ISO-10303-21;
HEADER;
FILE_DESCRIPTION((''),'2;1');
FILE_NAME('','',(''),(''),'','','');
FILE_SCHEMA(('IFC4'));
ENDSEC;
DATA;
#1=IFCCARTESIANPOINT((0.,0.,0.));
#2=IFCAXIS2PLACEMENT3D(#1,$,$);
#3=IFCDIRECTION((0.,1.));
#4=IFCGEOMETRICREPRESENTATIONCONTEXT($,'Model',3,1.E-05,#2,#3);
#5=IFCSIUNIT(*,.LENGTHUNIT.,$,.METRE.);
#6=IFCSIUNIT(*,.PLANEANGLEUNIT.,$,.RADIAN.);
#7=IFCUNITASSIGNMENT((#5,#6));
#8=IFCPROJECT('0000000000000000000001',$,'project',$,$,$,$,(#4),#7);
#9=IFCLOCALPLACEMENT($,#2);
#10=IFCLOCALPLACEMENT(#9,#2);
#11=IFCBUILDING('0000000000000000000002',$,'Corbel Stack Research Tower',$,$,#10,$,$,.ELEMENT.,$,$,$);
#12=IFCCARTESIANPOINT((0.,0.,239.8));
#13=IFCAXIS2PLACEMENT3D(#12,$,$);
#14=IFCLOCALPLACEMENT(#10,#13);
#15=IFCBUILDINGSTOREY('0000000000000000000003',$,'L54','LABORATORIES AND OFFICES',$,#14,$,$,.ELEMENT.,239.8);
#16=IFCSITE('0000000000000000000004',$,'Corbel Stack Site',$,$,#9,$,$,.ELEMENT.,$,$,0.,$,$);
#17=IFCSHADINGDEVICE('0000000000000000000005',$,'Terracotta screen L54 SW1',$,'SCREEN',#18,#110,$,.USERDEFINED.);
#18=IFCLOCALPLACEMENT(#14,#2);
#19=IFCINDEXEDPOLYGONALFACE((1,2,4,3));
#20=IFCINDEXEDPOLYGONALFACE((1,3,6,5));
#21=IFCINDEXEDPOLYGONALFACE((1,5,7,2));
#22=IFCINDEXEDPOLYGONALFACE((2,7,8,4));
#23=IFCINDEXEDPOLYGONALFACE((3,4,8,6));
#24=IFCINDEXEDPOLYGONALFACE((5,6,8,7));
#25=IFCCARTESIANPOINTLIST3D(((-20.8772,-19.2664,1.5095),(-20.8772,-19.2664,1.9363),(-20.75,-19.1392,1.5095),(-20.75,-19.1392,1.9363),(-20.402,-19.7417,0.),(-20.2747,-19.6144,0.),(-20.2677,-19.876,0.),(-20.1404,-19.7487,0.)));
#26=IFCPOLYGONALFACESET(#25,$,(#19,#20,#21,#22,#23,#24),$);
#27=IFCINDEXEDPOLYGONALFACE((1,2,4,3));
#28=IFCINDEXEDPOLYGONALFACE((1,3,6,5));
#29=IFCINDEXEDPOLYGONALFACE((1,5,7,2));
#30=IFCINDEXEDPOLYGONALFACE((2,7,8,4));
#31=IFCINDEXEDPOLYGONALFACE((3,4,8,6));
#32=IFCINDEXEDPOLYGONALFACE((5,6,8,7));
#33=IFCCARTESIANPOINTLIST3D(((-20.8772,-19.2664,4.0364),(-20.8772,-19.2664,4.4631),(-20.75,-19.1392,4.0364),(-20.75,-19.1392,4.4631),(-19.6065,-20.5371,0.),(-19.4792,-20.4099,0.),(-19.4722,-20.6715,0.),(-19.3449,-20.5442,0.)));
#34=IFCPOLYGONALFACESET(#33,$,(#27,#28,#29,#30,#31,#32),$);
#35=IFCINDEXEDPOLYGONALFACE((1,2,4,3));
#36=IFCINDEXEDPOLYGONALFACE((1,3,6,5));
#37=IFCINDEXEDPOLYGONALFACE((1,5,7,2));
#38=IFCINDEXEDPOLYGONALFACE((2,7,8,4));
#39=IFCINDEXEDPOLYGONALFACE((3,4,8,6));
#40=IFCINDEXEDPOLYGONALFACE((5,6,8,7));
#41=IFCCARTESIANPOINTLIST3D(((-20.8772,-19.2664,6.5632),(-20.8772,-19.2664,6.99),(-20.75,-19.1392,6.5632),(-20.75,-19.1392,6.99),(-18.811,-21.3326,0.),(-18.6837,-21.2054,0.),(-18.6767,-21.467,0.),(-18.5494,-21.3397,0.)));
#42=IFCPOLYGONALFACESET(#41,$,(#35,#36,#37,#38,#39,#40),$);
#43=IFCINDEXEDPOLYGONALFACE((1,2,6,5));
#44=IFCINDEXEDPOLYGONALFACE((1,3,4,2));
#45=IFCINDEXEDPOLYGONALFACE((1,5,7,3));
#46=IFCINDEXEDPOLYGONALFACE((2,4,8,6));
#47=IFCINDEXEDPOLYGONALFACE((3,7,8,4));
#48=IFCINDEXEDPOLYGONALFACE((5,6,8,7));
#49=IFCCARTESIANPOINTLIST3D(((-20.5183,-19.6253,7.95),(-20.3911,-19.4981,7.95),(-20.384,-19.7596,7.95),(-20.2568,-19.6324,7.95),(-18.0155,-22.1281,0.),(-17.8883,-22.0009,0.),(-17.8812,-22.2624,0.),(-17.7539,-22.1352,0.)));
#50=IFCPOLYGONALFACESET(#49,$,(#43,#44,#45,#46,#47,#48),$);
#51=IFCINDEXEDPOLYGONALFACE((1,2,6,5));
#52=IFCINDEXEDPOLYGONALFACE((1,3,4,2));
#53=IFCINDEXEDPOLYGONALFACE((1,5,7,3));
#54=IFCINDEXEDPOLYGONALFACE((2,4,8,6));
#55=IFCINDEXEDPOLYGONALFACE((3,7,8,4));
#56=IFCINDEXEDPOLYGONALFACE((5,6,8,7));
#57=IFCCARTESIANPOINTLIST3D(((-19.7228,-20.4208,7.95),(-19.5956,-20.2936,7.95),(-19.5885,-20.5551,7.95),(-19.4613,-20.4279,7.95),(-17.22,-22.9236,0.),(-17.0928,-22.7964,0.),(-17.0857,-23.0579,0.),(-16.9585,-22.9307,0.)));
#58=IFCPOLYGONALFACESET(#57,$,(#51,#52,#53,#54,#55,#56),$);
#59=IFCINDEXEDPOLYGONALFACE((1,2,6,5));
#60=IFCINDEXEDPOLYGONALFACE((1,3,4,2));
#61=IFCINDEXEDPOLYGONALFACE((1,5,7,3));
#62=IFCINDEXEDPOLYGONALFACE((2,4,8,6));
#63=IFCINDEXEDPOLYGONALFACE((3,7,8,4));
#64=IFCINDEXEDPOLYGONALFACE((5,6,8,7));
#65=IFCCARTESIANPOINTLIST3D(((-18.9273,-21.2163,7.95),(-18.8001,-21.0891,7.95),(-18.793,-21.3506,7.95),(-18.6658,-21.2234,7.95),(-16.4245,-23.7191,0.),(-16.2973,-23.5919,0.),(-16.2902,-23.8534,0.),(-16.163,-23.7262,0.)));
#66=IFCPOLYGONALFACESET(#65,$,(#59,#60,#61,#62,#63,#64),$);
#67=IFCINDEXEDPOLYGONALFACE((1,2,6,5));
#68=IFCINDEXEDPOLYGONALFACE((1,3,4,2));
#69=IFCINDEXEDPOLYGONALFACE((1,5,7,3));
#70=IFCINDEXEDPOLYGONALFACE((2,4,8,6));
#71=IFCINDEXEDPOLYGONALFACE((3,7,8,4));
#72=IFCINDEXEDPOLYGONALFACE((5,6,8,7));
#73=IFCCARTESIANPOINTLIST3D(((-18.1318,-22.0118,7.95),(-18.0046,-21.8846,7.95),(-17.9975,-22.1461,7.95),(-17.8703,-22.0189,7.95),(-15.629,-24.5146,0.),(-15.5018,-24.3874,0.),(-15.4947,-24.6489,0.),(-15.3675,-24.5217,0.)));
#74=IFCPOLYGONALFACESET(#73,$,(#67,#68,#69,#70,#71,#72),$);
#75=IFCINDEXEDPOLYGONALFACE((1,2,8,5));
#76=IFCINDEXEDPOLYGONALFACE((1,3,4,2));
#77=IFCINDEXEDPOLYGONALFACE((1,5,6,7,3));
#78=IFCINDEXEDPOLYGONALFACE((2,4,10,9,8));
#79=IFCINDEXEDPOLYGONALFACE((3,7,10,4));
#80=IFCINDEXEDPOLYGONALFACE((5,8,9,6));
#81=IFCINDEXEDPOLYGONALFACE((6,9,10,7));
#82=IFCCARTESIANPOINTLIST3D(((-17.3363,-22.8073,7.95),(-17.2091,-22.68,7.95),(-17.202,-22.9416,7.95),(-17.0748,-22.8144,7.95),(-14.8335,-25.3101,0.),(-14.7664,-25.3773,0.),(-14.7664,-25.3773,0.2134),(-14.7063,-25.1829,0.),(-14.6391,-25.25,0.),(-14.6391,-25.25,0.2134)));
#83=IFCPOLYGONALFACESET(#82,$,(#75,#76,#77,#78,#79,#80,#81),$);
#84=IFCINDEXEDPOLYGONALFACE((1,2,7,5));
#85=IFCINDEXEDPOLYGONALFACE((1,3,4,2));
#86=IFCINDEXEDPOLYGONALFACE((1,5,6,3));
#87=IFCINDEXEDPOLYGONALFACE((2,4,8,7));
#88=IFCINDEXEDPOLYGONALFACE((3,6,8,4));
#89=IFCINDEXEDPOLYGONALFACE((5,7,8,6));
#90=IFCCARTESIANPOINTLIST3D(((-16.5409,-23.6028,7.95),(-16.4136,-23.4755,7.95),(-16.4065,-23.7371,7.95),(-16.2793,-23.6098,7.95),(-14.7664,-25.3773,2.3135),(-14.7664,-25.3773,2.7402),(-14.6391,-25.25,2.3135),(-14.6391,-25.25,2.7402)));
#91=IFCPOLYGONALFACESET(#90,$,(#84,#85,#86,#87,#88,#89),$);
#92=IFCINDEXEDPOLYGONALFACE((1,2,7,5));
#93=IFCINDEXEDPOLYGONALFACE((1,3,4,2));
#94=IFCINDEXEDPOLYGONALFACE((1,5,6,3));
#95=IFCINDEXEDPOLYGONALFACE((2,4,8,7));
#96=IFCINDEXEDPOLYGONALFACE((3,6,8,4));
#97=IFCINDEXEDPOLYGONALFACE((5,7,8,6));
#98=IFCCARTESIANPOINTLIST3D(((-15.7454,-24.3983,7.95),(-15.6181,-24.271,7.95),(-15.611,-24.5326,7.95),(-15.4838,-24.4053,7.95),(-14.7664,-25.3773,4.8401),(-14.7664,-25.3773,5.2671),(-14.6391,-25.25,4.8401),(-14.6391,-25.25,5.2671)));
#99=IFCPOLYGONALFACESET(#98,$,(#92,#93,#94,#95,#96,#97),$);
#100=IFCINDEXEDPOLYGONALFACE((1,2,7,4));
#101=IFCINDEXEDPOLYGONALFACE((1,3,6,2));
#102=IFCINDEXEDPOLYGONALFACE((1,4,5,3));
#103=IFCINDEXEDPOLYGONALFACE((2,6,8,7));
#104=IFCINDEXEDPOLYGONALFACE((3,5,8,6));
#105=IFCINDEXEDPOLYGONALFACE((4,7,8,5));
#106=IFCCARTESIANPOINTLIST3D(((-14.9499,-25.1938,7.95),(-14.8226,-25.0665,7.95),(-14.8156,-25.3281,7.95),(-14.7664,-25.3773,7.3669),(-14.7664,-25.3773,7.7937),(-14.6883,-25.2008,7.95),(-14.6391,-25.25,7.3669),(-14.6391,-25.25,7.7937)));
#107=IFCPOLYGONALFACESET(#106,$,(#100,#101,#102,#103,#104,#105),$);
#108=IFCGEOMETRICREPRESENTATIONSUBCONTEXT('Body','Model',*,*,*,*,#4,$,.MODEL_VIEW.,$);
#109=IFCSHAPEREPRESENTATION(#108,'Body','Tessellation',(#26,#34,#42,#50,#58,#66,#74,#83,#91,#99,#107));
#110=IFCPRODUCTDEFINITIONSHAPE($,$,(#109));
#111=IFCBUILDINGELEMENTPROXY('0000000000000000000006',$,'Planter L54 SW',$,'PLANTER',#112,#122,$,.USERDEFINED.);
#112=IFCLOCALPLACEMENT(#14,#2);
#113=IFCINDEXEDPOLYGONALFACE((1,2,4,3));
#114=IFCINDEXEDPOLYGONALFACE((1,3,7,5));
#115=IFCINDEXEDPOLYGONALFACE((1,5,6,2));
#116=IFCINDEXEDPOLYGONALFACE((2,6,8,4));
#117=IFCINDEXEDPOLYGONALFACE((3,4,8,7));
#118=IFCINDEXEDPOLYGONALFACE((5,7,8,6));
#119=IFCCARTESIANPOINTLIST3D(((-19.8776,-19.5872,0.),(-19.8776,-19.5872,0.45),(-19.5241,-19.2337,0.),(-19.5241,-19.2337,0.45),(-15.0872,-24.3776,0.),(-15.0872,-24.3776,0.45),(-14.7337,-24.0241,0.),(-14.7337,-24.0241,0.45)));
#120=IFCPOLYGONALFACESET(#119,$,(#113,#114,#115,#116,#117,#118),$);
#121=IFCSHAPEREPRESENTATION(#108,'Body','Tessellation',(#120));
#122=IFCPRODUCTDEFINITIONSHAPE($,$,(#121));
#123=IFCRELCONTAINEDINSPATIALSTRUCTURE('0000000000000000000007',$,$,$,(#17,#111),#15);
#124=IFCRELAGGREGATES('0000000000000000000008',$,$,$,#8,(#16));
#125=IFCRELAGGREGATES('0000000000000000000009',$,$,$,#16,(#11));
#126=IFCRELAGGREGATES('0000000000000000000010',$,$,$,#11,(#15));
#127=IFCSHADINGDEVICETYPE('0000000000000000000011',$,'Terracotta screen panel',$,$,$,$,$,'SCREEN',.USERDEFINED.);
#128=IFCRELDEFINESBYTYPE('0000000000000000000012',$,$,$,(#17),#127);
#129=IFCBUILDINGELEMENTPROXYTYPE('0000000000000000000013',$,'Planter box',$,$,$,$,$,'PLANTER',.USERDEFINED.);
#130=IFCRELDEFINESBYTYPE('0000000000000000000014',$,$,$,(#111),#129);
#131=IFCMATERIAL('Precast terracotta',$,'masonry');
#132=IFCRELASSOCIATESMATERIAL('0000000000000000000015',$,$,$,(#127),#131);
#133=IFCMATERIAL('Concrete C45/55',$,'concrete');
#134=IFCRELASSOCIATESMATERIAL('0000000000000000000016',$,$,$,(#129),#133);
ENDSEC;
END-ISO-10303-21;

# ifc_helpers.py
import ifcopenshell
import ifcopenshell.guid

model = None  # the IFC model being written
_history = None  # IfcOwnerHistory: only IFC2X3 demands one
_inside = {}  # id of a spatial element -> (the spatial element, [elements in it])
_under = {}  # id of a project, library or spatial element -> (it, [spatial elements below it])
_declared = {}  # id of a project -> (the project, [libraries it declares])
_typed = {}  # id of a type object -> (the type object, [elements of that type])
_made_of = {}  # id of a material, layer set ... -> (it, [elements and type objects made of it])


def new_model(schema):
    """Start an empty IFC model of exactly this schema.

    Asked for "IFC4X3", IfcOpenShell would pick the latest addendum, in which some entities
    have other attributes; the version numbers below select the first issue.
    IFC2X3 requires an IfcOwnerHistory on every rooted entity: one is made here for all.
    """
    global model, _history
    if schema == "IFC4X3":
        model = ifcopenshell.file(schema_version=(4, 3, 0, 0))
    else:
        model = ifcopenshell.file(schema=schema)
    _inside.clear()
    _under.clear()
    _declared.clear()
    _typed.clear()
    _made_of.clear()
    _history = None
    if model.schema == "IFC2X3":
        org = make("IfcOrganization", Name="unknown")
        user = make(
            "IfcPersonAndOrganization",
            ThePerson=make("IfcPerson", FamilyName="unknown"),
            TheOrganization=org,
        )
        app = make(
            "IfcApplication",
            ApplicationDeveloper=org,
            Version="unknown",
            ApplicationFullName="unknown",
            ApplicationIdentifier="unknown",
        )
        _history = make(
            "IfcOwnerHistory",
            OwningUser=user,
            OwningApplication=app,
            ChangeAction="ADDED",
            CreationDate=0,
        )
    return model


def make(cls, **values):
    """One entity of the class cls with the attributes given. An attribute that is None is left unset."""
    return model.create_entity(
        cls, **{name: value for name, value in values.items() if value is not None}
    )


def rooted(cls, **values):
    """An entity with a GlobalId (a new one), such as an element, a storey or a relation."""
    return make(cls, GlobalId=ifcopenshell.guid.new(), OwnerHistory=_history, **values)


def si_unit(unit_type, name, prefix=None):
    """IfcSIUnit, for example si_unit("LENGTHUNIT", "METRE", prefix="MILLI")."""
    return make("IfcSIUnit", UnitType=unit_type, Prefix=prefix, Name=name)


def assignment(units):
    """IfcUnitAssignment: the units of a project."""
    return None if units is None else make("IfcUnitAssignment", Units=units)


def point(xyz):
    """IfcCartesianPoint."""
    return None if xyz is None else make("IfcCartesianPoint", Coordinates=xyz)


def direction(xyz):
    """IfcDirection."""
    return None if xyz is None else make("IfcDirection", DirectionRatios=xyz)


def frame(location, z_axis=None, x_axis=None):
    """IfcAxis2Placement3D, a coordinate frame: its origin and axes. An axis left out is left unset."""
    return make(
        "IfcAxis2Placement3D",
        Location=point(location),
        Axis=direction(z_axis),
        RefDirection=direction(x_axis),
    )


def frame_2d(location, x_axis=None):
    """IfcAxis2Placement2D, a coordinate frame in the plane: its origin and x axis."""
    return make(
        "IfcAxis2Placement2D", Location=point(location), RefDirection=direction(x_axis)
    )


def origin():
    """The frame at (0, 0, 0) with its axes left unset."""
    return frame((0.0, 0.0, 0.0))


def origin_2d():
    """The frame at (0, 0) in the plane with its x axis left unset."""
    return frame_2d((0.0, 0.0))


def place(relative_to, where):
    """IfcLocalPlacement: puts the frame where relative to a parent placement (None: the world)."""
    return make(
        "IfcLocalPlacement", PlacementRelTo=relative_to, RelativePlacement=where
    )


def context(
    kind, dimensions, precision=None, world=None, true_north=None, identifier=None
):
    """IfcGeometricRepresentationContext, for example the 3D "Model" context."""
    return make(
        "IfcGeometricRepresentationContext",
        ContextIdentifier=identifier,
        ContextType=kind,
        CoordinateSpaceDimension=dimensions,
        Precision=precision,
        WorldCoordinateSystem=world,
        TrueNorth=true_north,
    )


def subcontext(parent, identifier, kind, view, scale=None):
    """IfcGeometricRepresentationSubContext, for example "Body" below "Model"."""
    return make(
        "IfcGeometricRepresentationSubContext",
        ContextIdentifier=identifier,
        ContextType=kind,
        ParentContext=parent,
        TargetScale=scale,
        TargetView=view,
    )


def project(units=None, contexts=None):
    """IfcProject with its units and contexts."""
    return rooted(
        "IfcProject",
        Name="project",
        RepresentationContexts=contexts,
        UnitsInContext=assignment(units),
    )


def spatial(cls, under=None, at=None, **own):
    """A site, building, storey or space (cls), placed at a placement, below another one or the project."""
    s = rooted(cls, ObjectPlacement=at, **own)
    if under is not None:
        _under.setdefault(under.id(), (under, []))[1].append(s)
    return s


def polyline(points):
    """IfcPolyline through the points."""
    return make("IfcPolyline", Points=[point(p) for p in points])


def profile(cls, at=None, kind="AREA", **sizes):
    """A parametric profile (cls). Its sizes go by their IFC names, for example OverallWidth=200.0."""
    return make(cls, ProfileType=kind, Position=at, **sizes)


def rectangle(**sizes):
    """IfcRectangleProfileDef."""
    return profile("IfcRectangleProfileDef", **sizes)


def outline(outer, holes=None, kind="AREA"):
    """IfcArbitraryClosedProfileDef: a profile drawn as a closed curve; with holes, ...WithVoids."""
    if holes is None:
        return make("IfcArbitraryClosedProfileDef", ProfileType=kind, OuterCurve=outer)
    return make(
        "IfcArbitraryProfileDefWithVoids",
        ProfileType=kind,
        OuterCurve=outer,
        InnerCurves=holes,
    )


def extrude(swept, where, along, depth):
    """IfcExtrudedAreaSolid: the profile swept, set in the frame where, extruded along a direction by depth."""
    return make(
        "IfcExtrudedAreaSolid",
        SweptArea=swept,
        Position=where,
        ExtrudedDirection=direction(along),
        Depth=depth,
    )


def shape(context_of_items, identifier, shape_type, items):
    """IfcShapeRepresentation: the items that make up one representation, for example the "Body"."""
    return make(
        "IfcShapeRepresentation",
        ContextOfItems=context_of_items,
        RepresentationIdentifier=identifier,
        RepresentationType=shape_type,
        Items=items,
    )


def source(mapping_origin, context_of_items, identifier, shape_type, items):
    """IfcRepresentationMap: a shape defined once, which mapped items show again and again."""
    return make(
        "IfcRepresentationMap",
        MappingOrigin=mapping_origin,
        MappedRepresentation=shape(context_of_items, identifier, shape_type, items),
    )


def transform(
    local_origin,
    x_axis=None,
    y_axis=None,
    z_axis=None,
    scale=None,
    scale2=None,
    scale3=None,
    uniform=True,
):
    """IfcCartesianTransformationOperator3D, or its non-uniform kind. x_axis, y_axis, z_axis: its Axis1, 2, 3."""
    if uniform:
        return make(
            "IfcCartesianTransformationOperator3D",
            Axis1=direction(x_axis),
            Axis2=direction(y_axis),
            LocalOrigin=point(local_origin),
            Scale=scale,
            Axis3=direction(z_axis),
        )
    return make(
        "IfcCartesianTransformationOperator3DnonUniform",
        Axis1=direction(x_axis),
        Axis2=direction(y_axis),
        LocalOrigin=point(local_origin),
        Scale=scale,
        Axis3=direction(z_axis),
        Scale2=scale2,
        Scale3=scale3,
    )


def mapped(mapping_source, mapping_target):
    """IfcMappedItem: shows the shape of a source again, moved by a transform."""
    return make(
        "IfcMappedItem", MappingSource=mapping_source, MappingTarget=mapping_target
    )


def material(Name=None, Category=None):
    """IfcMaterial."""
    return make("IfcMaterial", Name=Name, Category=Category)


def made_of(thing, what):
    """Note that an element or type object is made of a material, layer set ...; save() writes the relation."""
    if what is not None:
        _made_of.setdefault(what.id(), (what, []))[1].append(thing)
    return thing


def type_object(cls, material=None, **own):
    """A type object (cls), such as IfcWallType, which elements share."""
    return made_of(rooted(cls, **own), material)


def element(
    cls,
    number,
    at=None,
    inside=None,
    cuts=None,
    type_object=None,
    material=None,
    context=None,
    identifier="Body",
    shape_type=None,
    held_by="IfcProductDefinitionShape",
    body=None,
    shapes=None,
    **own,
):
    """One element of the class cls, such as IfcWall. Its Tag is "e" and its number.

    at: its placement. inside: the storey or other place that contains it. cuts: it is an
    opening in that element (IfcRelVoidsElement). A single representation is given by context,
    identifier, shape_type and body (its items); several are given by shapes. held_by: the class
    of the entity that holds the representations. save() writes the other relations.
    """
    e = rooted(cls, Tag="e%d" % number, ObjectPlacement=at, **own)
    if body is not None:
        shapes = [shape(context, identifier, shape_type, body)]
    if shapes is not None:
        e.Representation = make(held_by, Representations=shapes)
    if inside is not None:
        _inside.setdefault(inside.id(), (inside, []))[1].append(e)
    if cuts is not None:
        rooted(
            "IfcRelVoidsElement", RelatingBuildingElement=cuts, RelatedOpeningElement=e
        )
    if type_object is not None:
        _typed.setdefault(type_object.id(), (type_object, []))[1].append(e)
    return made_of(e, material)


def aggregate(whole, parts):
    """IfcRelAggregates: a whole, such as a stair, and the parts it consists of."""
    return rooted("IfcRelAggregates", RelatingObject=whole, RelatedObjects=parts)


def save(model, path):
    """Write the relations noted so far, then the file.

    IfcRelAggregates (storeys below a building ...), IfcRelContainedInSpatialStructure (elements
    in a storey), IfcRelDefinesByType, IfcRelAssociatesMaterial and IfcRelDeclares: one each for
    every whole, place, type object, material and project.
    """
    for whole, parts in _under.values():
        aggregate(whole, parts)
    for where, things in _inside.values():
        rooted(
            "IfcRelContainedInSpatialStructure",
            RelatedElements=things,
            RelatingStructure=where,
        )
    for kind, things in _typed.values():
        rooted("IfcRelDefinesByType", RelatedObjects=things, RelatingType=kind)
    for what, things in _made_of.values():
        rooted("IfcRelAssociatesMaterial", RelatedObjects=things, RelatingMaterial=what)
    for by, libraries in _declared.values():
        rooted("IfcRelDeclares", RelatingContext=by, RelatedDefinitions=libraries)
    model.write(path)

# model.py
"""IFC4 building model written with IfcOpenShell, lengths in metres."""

from ifc_helpers import new_model, si_unit, direction, frame, origin, origin_2d, place, context, subcontext, project, spatial, polyline, rectangle, outline, extrude, source, transform, mapped, material, type_object, element, save


model = new_model("IFC4")

# Units and contexts
model_context = context("Model", 3, precision=1e-05, world=origin(), true_north=direction((0.0, 1.0)))
body_context = subcontext(model_context, "Body", "Model", "MODEL_VIEW")
ifc_project = project(units=[si_unit("LENGTHUNIT", "METRE"), si_unit("PLANEANGLEUNIT", "RADIAN")], contexts=[model_context])

# Site, building, storey
site_placement = place(None, origin())
site = spatial("IfcSite", under=ifc_project, at=site_placement, Name="Corbel Stack Site", CompositionType="ELEMENT", RefElevation=0.0)
building_placement = place(site_placement, origin())
building = spatial("IfcBuilding", under=site, at=building_placement, Name="Corbel Stack Research Tower", CompositionType="ELEMENT")
storey_placement = place(building_placement, frame((0.0, 0.0, 239.8)))
storey = spatial("IfcBuildingStorey", under=building, at=storey_placement, Name="L54", Description="LABORATORIES AND OFFICES", CompositionType="ELEMENT", Elevation=239.8)

# Shading device
ifc_material_1 = material(Name="Precast terracotta", Category="masonry")
shading_device_type = type_object("IfcShadingDeviceType", Name="Terracotta screen panel", ElementType="SCREEN", PredefinedType="USERDEFINED", material=ifc_material_1)
shared_shape_1 = source(origin(), body_context, "Body", "SweptSolid", [
    extrude(outline(polyline([(0.8621, 0.0), (0.0, 1.9363), (0.0, 1.5095), (0.6721, 0.0), (0.8621, 0.0)])), frame((0.0, 0.0, 0.0), z_axis=(0.0, -1.0, 0.0), x_axis=(1.0, 0.0, 0.0)), (0.0, 0.0, 1.0), 0.1799),
    extrude(outline(polyline([(1.9871, 0.0), (0.0, 4.4631), (0.0, 4.0364), (1.7971, 0.0), (1.9871, 0.0)])), frame((0.0, 0.0, 0.0), z_axis=(0.0, -1.0, 0.0), x_axis=(1.0, 0.0, 0.0)), (0.0, 0.0, 1.0), 0.1799),
    extrude(outline(polyline([(3.1121, 0.0), (0.0, 6.99), (0.0, 6.5632), (2.9221, 0.0), (3.1121, 0.0)])), frame((0.0, 0.0, 0.0), z_axis=(0.0, -1.0, 0.0), x_axis=(1.0, 0.0, 0.0)), (0.0, 0.0, 1.0), 0.1799),
    extrude(outline(polyline([(4.2371, 0.0), (0.6975, 7.95), (0.5076, 7.95), (4.0471, 0.0), (4.2371, 0.0)])), frame((0.0, 0.0, 0.0), z_axis=(0.0, -1.0, 0.0), x_axis=(1.0, 0.0, 0.0)), (0.0, 0.0, 1.0), 0.1799),
    extrude(outline(polyline([(5.3621, 0.0), (1.8225, 7.95), (1.6326, 7.95), (5.1721, 0.0), (5.3621, 0.0)])), frame((0.0, 0.0, 0.0), z_axis=(0.0, -1.0, 0.0), x_axis=(1.0, 0.0, 0.0)), (0.0, 0.0, 1.0), 0.1799),
    extrude(outline(polyline([(6.4871, 0.0), (2.9475, 7.95), (2.7576, 7.95), (6.2971, 0.0), (6.4871, 0.0)])), frame((0.0, 0.0, 0.0), z_axis=(0.0, -1.0, 0.0), x_axis=(1.0, 0.0, 0.0)), (0.0, 0.0, 1.0), 0.1799),
    extrude(outline(polyline([(7.6121, 0.0), (4.0725, 7.95), (3.8826, 7.95), (7.4221, 0.0), (7.6121, 0.0)])), frame((0.0, 0.0, 0.0), z_axis=(0.0, -1.0, 0.0), x_axis=(1.0, 0.0, 0.0)), (0.0, 0.0, 1.0), 0.1799),
    extrude(outline(polyline([(8.6421, 0.0), (8.6421, 0.2134), (5.1975, 7.95), (5.0076, 7.95), (8.5471, 0.0), (8.6421, 0.0)])), frame((0.0, 0.0, 0.0), z_axis=(0.0, -1.0, 0.0), x_axis=(1.0, 0.0, 0.0)), (0.0, 0.0, 1.0), 0.1799),
    extrude(outline(polyline([(6.3225, 7.95), (6.1326, 7.95), (8.6421, 2.3135), (8.6421, 2.7402), (6.3225, 7.95)])), frame((0.0, 0.0, 0.0), z_axis=(0.0, -1.0, 0.0), x_axis=(1.0, 0.0, 0.0)), (0.0, 0.0, 1.0), 0.1799),
    extrude(outline(polyline([(7.4475, 7.95), (7.2576, 7.95), (8.6421, 4.8401), (8.6421, 5.2671), (7.4475, 7.95)])), frame((0.0, 0.0, 0.0), z_axis=(0.0, -1.0, 0.0), x_axis=(1.0, 0.0, 0.0)), (0.0, 0.0, 1.0), 0.1799),
    extrude(outline(polyline([(8.5725, 7.95), (8.3826, 7.95), (8.6421, 7.3669), (8.6421, 7.7937), (8.5725, 7.95)])), frame((0.0, 0.0, 0.0), z_axis=(0.0, -1.0, 0.0), x_axis=(1.0, 0.0, 0.0)), (0.0, 0.0, 1.0), 0.1799),
])
shading_device_1_placement = place(storey_placement, frame((-20.75, -19.1392, 0.0), z_axis=(0.0, 0.0, 1.0), x_axis=(0.707107, -0.707107, 0.0)))
element("IfcShadingDevice", 1, at=shading_device_1_placement, inside=storey, type_object=shading_device_type, Name="Terracotta screen L54 SW1", ObjectType="SCREEN", PredefinedType="USERDEFINED", context=body_context, shape_type="MappedRepresentation", body=[
    mapped(shared_shape_1, transform((0.0, 0.0, 0.0))),
])

# Building element proxy
ifc_material_2 = material(Name="Concrete C45/55", Category="concrete")
building_element_proxy_type = type_object("IfcBuildingElementProxyType", Name="Planter box", ElementType="PLANTER", PredefinedType="USERDEFINED", material=ifc_material_2)
proxy_placement = place(storey_placement, frame((-17.3057, -21.8057, 0.0), z_axis=(0.0, 0.0, 1.0), x_axis=(0.707107, -0.707107, 0.0)))
element("IfcBuildingElementProxy", 2, at=proxy_placement, inside=storey, type_object=building_element_proxy_type, Name="Planter L54 SW", ObjectType="PLANTER", PredefinedType="USERDEFINED", context=body_context, shape_type="SweptSolid", body=[
    extrude(rectangle(XDim=6.7747, YDim=0.5, at=origin_2d()), origin(), (0.0, 0.0, 1.0), 0.45),
])

save(model, "model.ifc")
